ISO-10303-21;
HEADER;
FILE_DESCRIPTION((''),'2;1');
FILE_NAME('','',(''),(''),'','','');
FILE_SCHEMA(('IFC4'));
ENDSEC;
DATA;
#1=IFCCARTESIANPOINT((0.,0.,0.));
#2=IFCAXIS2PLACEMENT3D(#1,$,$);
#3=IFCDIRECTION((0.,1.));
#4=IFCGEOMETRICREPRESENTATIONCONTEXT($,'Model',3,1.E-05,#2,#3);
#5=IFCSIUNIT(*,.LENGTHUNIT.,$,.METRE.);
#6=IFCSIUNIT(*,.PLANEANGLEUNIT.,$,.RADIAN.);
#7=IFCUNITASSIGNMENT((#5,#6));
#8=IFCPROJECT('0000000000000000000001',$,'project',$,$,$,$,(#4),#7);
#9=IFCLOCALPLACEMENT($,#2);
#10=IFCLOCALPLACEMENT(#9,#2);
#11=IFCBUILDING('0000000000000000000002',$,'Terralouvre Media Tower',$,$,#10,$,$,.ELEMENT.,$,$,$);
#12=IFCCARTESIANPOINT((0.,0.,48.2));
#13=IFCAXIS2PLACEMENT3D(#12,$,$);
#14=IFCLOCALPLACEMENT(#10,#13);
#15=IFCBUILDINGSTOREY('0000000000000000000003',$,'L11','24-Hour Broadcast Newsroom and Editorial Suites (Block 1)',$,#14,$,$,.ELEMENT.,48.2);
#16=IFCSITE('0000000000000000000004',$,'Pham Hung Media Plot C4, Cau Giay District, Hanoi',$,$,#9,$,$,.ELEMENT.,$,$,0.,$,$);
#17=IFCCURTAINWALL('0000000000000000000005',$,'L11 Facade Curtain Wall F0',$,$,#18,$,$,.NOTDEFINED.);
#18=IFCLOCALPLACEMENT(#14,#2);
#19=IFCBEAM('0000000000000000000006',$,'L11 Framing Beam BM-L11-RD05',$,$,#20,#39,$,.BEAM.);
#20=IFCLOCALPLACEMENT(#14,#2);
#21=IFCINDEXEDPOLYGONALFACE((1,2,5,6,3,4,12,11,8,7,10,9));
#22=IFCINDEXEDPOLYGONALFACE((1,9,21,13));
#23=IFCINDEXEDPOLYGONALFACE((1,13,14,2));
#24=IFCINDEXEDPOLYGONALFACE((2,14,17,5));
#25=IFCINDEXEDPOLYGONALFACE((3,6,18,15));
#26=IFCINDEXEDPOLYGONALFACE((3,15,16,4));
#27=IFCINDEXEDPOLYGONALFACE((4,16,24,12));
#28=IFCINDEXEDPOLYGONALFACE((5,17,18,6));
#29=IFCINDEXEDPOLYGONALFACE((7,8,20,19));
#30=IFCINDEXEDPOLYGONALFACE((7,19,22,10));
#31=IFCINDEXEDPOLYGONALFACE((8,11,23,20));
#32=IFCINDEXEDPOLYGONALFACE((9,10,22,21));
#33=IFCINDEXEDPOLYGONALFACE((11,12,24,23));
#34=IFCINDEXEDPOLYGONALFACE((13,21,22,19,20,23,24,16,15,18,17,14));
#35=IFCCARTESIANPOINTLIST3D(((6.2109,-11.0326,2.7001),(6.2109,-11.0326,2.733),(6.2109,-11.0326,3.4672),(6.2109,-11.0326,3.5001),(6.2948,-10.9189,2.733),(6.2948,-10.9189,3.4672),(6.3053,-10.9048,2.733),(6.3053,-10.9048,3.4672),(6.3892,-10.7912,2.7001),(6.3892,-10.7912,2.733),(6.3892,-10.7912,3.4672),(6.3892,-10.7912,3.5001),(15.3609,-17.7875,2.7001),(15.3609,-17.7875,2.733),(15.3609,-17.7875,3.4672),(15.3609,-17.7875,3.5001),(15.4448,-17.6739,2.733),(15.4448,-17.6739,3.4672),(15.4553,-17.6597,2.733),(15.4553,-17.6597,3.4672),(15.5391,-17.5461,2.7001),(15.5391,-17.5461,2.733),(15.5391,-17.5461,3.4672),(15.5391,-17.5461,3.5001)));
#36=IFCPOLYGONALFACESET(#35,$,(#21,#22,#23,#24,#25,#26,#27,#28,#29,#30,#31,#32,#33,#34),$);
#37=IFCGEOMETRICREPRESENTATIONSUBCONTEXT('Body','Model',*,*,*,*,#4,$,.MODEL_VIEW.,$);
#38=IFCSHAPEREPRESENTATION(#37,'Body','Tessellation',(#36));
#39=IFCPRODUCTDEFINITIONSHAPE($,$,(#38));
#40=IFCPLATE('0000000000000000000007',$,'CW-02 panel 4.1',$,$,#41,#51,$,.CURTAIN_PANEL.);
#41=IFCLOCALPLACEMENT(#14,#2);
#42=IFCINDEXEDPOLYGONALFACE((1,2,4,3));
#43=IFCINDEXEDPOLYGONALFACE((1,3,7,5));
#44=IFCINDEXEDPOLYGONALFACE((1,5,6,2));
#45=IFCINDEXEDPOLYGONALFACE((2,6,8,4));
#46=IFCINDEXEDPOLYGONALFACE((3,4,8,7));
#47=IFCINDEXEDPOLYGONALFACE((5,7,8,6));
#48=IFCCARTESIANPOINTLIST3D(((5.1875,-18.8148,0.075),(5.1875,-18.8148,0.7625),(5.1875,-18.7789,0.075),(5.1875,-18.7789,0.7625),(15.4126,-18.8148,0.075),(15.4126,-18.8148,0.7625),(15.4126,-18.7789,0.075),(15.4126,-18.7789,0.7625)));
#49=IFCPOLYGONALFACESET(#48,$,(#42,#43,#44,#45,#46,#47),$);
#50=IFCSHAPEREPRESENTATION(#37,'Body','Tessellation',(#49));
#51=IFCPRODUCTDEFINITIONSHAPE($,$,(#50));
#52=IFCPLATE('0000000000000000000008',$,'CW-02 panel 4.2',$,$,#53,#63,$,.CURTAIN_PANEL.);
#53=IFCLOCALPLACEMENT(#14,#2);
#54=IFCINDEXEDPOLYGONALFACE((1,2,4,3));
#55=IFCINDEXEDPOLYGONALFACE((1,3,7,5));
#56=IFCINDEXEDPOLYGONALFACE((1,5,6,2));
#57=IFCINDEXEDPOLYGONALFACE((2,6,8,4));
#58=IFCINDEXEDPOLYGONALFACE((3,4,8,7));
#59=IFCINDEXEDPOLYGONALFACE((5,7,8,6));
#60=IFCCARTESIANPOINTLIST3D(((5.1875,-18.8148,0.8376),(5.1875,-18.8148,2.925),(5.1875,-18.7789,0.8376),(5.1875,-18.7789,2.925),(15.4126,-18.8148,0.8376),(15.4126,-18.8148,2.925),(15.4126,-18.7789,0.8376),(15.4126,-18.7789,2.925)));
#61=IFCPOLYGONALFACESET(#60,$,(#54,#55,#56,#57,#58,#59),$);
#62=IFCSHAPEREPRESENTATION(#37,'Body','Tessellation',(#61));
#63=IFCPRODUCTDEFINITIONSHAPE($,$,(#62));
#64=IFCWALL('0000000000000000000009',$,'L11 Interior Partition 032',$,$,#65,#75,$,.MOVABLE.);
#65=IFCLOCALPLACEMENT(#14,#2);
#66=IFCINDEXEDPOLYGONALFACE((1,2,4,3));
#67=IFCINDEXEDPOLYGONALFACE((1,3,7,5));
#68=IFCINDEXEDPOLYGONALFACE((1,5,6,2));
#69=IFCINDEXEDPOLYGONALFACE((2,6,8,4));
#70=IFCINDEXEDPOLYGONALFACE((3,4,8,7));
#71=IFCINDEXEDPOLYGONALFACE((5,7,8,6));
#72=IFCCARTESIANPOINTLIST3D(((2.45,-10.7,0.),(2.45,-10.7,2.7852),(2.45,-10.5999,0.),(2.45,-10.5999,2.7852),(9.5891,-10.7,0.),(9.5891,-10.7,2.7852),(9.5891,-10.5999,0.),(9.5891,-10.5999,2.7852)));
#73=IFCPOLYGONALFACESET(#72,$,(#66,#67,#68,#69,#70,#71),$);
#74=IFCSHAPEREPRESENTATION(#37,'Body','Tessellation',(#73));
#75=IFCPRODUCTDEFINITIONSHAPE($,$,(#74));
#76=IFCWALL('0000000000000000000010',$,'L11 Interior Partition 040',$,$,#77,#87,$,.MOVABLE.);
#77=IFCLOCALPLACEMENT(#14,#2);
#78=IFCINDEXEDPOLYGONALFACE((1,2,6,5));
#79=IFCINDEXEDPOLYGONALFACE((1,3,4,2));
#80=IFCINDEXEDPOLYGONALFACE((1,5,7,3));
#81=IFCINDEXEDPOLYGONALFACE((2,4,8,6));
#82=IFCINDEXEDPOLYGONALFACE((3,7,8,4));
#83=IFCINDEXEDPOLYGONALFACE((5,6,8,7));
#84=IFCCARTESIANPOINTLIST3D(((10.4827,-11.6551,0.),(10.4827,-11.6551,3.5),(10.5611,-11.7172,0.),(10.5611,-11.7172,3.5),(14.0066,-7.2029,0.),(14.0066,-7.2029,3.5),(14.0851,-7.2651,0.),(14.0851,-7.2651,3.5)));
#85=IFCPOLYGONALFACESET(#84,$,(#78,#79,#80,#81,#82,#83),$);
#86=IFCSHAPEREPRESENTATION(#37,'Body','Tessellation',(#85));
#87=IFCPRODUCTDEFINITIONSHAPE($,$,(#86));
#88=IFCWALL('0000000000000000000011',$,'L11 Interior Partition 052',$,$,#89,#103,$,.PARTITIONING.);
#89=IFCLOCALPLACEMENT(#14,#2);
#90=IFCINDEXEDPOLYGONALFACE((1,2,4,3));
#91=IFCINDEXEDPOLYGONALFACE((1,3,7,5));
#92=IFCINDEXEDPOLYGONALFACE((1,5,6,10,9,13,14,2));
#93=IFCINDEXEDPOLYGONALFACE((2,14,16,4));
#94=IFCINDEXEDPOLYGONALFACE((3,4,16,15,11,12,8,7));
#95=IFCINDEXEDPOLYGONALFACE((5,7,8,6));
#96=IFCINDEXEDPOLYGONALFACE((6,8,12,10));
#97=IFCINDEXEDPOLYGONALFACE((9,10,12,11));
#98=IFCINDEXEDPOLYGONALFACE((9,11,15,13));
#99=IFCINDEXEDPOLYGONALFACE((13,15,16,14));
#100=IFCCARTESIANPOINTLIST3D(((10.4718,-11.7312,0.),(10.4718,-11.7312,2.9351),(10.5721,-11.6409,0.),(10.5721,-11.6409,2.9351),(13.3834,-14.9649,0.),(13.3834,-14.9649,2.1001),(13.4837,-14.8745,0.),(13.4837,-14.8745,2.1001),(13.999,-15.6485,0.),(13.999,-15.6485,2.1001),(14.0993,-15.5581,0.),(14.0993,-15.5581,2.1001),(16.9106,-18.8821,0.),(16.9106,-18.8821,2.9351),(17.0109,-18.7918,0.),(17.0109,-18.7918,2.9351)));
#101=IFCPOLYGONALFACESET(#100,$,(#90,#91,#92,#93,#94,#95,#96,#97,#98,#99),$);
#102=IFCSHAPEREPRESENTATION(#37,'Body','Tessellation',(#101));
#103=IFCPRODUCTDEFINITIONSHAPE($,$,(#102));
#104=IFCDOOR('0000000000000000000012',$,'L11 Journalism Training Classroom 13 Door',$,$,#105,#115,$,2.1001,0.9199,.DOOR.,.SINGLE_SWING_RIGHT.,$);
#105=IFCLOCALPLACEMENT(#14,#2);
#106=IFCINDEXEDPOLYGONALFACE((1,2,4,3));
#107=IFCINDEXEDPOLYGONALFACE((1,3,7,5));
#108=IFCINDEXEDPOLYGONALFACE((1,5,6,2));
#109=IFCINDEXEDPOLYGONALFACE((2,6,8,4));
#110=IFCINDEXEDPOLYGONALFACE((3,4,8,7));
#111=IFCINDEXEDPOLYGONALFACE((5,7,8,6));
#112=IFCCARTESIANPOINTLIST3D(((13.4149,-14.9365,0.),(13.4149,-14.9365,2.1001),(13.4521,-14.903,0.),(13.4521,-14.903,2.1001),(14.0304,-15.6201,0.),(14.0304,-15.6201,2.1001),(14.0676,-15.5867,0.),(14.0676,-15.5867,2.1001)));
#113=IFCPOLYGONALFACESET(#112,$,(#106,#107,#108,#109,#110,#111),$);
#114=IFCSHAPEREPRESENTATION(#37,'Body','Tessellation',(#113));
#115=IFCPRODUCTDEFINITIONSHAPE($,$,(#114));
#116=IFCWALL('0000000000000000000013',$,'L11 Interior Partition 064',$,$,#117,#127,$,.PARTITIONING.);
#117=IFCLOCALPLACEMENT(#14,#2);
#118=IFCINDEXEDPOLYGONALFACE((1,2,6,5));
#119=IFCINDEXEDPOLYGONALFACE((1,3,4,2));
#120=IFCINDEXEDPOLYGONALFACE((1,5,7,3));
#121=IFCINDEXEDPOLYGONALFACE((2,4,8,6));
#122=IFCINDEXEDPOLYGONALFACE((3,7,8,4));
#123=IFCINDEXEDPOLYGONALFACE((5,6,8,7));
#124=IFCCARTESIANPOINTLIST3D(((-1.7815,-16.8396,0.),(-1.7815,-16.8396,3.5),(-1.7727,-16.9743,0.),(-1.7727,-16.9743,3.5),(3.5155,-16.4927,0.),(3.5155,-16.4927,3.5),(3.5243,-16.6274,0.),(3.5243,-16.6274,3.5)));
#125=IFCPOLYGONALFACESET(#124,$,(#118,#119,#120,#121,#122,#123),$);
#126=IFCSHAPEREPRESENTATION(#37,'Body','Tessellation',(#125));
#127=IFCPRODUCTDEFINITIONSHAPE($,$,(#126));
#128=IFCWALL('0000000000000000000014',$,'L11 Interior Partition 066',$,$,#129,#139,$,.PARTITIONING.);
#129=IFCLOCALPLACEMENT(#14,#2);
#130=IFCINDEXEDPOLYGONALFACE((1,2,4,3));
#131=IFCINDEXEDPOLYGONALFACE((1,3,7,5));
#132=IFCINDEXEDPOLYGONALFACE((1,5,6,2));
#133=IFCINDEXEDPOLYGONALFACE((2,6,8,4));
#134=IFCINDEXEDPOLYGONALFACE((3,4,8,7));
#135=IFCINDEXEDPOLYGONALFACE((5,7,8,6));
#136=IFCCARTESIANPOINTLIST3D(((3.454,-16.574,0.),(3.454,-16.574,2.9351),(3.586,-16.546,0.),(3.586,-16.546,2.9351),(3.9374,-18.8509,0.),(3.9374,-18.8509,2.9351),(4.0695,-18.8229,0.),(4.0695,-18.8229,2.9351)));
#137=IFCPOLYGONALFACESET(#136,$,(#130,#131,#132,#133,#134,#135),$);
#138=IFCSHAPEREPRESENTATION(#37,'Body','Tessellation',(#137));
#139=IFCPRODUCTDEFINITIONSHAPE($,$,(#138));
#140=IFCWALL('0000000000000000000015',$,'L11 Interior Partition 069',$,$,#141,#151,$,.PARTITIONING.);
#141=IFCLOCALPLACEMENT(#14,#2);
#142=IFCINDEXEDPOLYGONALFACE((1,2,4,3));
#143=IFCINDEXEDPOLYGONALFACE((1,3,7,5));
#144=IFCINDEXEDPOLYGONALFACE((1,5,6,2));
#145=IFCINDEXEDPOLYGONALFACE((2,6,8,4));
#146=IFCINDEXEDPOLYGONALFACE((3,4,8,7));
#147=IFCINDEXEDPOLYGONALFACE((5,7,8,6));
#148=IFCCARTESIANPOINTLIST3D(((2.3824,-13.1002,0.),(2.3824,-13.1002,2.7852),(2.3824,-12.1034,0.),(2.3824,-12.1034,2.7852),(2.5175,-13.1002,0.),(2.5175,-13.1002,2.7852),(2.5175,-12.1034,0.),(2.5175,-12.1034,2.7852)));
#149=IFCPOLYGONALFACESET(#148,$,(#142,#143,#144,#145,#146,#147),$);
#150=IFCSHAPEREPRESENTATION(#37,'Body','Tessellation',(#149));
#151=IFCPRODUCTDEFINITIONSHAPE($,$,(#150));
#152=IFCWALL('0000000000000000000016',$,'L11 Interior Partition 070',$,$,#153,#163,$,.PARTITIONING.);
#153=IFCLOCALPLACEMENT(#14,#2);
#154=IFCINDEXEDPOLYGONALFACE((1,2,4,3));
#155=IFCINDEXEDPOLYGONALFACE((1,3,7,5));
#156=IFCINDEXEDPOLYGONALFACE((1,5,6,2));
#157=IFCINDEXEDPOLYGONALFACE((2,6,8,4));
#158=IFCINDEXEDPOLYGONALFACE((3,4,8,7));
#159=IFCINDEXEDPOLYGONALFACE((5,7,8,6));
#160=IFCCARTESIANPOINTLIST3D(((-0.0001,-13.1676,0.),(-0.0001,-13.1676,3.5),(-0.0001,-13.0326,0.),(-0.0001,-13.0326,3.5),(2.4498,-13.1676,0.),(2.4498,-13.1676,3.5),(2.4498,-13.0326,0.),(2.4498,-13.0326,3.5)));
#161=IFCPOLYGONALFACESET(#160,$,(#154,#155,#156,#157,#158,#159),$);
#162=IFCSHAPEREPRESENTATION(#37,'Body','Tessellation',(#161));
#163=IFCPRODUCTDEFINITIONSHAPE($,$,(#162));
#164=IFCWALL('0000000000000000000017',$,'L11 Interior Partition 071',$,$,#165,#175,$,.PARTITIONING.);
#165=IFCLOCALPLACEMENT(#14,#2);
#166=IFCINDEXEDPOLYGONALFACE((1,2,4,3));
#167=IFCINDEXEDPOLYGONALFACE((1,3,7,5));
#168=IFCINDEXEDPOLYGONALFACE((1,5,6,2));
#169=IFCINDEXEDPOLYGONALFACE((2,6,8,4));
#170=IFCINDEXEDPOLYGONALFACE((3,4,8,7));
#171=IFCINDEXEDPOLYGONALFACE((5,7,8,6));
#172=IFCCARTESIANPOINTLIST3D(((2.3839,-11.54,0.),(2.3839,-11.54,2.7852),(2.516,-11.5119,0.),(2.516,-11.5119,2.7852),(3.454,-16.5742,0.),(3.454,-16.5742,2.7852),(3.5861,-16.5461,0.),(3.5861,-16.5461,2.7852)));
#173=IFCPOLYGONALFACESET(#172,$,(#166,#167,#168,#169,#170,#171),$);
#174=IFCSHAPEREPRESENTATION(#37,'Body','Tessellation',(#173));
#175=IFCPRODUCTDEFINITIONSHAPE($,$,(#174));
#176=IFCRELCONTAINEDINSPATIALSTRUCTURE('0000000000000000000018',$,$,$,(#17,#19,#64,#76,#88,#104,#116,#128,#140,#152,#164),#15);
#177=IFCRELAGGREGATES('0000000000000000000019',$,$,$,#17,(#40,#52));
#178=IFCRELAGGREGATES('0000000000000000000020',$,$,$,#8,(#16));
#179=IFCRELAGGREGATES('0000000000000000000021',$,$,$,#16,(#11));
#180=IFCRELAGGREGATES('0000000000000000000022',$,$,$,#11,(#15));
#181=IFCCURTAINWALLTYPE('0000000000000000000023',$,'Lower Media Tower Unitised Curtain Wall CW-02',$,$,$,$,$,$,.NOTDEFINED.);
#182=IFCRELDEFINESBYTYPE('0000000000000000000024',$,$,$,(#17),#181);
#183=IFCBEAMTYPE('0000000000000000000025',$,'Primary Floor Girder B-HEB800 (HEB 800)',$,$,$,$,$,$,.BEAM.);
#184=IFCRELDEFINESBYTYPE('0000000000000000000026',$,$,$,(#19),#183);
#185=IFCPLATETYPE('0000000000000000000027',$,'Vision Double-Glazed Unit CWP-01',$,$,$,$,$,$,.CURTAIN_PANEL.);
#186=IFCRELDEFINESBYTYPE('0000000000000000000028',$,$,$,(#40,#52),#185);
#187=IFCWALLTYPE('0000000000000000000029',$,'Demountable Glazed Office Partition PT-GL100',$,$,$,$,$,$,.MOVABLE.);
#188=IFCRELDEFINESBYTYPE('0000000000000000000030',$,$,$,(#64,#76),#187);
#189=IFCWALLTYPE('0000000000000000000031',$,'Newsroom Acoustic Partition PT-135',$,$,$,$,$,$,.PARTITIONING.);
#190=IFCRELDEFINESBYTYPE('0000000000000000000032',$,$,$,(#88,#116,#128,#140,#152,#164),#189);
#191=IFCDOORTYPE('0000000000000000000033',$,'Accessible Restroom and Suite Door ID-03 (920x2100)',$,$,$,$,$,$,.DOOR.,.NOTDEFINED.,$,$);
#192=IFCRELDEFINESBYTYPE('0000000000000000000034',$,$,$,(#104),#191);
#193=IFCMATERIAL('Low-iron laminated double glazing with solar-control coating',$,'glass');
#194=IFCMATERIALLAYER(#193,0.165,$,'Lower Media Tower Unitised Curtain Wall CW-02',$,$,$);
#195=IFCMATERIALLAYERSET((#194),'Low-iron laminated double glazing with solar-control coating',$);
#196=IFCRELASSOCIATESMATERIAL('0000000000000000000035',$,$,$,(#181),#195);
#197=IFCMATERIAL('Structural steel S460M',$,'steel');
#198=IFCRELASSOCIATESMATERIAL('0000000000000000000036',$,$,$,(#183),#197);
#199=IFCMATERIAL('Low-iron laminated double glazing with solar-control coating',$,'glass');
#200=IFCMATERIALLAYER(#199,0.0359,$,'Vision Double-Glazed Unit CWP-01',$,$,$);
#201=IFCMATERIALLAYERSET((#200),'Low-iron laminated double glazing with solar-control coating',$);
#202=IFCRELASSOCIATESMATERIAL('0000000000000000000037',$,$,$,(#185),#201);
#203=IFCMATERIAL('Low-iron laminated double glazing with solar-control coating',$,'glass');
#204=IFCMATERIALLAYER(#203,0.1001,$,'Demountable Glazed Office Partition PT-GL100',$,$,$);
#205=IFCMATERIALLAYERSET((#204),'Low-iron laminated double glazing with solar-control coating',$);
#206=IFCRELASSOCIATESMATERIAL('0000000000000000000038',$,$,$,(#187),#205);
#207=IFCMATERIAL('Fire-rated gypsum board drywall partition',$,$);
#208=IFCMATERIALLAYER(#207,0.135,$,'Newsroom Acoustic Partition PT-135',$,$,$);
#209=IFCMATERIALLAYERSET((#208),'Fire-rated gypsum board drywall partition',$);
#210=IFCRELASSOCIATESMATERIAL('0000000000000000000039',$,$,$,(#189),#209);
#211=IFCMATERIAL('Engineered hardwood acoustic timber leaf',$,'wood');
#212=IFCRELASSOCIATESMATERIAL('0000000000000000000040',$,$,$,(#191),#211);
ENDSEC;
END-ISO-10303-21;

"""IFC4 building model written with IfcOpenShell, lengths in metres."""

from ifc_helpers import new_model, si_unit, direction, frame, frame_2d, origin, origin_2d, place, context, subcontext, project, spatial, rectangle, i_section, extrude, material, layer, layer_set, material_profile, profile_set, type_object, element, fill, aggregate, save


model = new_model("IFC4")

# Units and contexts
model_context = context("Model", 3, precision=1e-05, world=origin(), true_north=direction((0.0, 1.0)))
body_context = subcontext(model_context, "Body", "Model", "MODEL_VIEW")
ifc_project = project(units=[si_unit("LENGTHUNIT", "METRE"), si_unit("PLANEANGLEUNIT", "RADIAN")], contexts=[model_context])

# Site, building, storey
site_placement = place(None, origin())
site = spatial("IfcSite", under=ifc_project, at=site_placement, Name="Pham Hung Media Plot C4, Cau Giay District, Hanoi", CompositionType="ELEMENT", RefElevation=0.0)
building_placement = place(site_placement, origin())
building = spatial("IfcBuilding", under=site, at=building_placement, Name="Terralouvre Media Tower", CompositionType="ELEMENT")
storey_placement = place(building_placement, frame((0.0, 0.0, 48.2)))
storey = spatial("IfcBuildingStorey", under=building, at=storey_placement, Name="L11", Description="24-Hour Broadcast Newsroom and Editorial Suites (Block 1)", CompositionType="ELEMENT", Elevation=48.2)

# Curtain wall
ifc_material_1 = material(Name="Low-iron laminated double glazing with solar-control coating", Category="glass")
ifc_layer_1 = layer(ifc_material_1, 0.165, Name="Lower Media Tower Unitised Curtain Wall CW-02")
ifc_layer_set_1 = layer_set([ifc_layer_1], Name="Low-iron laminated double glazing with solar-control coating")
curtain_wall_type = type_object("IfcCurtainWallType", Name="Lower Media Tower Unitised Curtain Wall CW-02", PredefinedType="NOTDEFINED", material=ifc_layer_set_1)
curtain_wall_placement = place(storey_placement, origin())
curtain_wall = element("IfcCurtainWall", 1, at=curtain_wall_placement, inside=storey, type_object=curtain_wall_type, Name="L11 Facade Curtain Wall F0", PredefinedType="NOTDEFINED")

# Beam
ifc_material_2 = material(Name="Structural steel S460M", Category="steel")
ifc_material_profile_1 = material_profile(ifc_material_2, i_section(OverallWidth=0.3, OverallDepth=0.8, WebThickness=0.0176, FlangeThickness=0.033, at=origin_2d()), Name="HEB 800")
ifc_profile_set_1 = profile_set([ifc_material_profile_1], Name="Structural steel S460M")
beam_type_1 = type_object("IfcBeamType", Name="Primary Floor Girder B-HEB800 (HEB 800)", PredefinedType="BEAM", material=ifc_profile_set_1)
beam_1_placement = place(storey_placement, frame((6.3, -10.9119, 3.1001), z_axis=(0.804516, -0.593931, 0.0), x_axis=(0.593931, 0.804516, 0.0)))
element("IfcBeam", 2, at=beam_1_placement, inside=storey, type_object=beam_type_1, Name="L11 Framing Beam BM-L11-RD05", PredefinedType="BEAM", context=body_context, shape_type="SweptSolid", body=[
    extrude(i_section(OverallWidth=0.3, OverallDepth=0.8, WebThickness=0.0176, FlangeThickness=0.033, at=origin_2d()), origin(), (0.0, 0.0, 1.0), 11.3733),
])

# Plates
ifc_material_3 = material(Name="Low-iron laminated double glazing with solar-control coating", Category="glass")
ifc_layer_2 = layer(ifc_material_3, 0.0359, Name="Vision Double-Glazed Unit CWP-01")
ifc_layer_set_2 = layer_set([ifc_layer_2], Name="Low-iron laminated double glazing with solar-control coating")
plate_type = type_object("IfcPlateType", Name="Vision Double-Glazed Unit CWP-01", PredefinedType="CURTAIN_PANEL", material=ifc_layer_set_2)
plate_1_placement = place(storey_placement, frame((10.3, -18.7969, 0.075), z_axis=(0.0, 0.0, 1.0), x_axis=(1.0, 0.0, 0.0)))
plate_1 = element("IfcPlate", 3, at=plate_1_placement, type_object=plate_type, Name="CW-02 panel 4.1", PredefinedType="CURTAIN_PANEL", context=body_context, shape_type="SweptSolid", body=[
    extrude(rectangle(XDim=10.2251, YDim=0.0359, at=origin_2d()), origin(), (0.0, 0.0, 1.0), 0.6875),
])
plate_2_placement = place(storey_placement, frame((10.3, -18.7969, 0.8376), z_axis=(0.0, 0.0, 1.0), x_axis=(1.0, 0.0, 0.0)))
plate_2 = element("IfcPlate", 4, at=plate_2_placement, type_object=plate_type, Name="CW-02 panel 4.2", PredefinedType="CURTAIN_PANEL", context=body_context, shape_type="SweptSolid", body=[
    extrude(rectangle(XDim=10.2251, YDim=0.0359, at=origin_2d()), origin(), (0.0, 0.0, 1.0), 2.0874),
])
aggregate(curtain_wall, [plate_1, plate_2])

# Walls
ifc_material_4 = material(Name="Low-iron laminated double glazing with solar-control coating", Category="glass")
ifc_layer_3 = layer(ifc_material_4, 0.1001, Name="Demountable Glazed Office Partition PT-GL100")
ifc_layer_set_3 = layer_set([ifc_layer_3], Name="Low-iron laminated double glazing with solar-control coating")
wall_type_1 = type_object("IfcWallType", Name="Demountable Glazed Office Partition PT-GL100", PredefinedType="MOVABLE", material=ifc_layer_set_3)
wall_1_placement = place(storey_placement, frame((2.45, -10.6499, 0.0), z_axis=(0.0, 0.0, 1.0), x_axis=(1.0, 0.0, 0.0)))
element("IfcWall", 5, at=wall_1_placement, inside=storey, type_object=wall_type_1, Name="L11 Interior Partition 032", PredefinedType="MOVABLE", context=body_context, shape_type="SweptSolid", body=[
    extrude(rectangle(XDim=7.1392, YDim=0.1001, at=frame_2d((3.5696, 0.0))), origin(), (0.0, 0.0, 1.0), 2.7852),
])
wall_2_placement = place(storey_placement, frame((10.522, -11.686, 0.0), z_axis=(0.0, 0.0, 1.0), x_axis=(0.620628, 0.784105, 0.0)))
element("IfcWall", 6, at=wall_2_placement, inside=storey, type_object=wall_type_1, Name="L11 Interior Partition 040", PredefinedType="MOVABLE", context=body_context, shape_type="SweptSolid", body=[
    extrude(rectangle(XDim=5.678, YDim=0.1001, at=frame_2d((2.8389, 0.0))), origin(), (0.0, 0.0, 1.0), 3.5),
])

# Wall, opening, door
ifc_material_5 = material(Name="Fire-rated gypsum board drywall partition")
ifc_layer_4 = layer(ifc_material_5, 0.135, Name="Newsroom Acoustic Partition PT-135")
ifc_layer_set_4 = layer_set([ifc_layer_4], Name="Fire-rated gypsum board drywall partition")
wall_type_2 = type_object("IfcWallType", Name="Newsroom Acoustic Partition PT-135", PredefinedType="PARTITIONING", material=ifc_layer_set_4)
wall_3_placement = place(storey_placement, frame((10.522, -11.686, 0.0), z_axis=(0.0, 0.0, 1.0), x_axis=(0.669133, -0.743143, 0.0)))
wall_3 = element("IfcWall", 7, at=wall_3_placement, inside=storey, type_object=wall_type_2, Name="L11 Interior Partition 052", PredefinedType="PARTITIONING", context=body_context, shape_type="SweptSolid", body=[
    extrude(rectangle(XDim=9.6226, YDim=0.135, at=frame_2d((4.8113, 0.0))), origin(), (0.0, 0.0, 1.0), 2.9351),
])
opening_placement = place(wall_3_placement, frame((4.3513, 0.0, 0.0)))
opening = element("IfcOpeningElement", 8, at=opening_placement, cuts=wall_3, PredefinedType="OPENING", context=body_context, shape_type="SweptSolid", body=[
    extrude(rectangle(XDim=0.9199, YDim=2.1001, at=frame_2d((0.46, 1.05))), frame((0.0, 0.0774, 0.0), z_axis=(0.0, -1.0, 0.0), x_axis=(1.0, 0.0, 0.0)), (0.0, 0.0, 1.0), 0.155),
])
ifc_material_6 = material(Name="Engineered hardwood acoustic timber leaf", Category="wood")
door_type = type_object("IfcDoorType", Name="Accessible Restroom and Suite Door ID-03 (920x2100)", OperationType="NOTDEFINED", PredefinedType="DOOR", material=ifc_material_6)
door_placement = place(opening_placement, origin())
door = element("IfcDoor", 9, at=door_placement, inside=storey, type_object=door_type, Name="L11 Journalism Training Classroom 13 Door", OperationType="SINGLE_SWING_RIGHT", OverallHeight=2.1001, OverallWidth=0.9199, PredefinedType="DOOR", context=body_context, shape_type="SweptSolid", body=[
    extrude(rectangle(XDim=0.9199, YDim=2.1001, at=frame_2d((0.46, 1.05))), frame((0.0, 0.0249, 0.0), z_axis=(0.0, -1.0, 0.0), x_axis=(1.0, 0.0, 0.0)), (0.0, 0.0, 1.0), 0.05),
])
fill(opening, door)

# Walls
wall_4_placement = place(storey_placement, frame((3.52, -16.5601, 0.0), z_axis=(0.0, 0.0, 1.0), x_axis=(-0.997862, -0.065353, 0.0)))
element("IfcWall", 10, at=wall_4_placement, inside=storey, type_object=wall_type_2, Name="L11 Interior Partition 064", PredefinedType="PARTITIONING", context=body_context, shape_type="SweptSolid", body=[
    extrude(rectangle(XDim=5.3083, YDim=0.135, at=frame_2d((2.6543, 0.0))), origin(), (0.0, 0.0, 1.0), 3.5),
])
wall_5_placement = place(storey_placement, frame((4.0034, -18.8369, 0.0), z_axis=(0.0, 0.0, 1.0), x_axis=(-0.207681, 0.978197, 0.0)))
element("IfcWall", 11, at=wall_5_placement, inside=storey, type_object=wall_type_2, Name="L11 Interior Partition 066", PredefinedType="PARTITIONING", context=body_context, shape_type="SweptSolid", body=[
    extrude(rectangle(XDim=2.3276, YDim=0.135, at=frame_2d((1.1638, 0.0))), origin(), (0.0, 0.0, 1.0), 2.9351),
])
wall_6_placement = place(storey_placement, frame((2.45, -12.1033, 0.0), z_axis=(0.0, 0.0, 1.0), x_axis=(0.0, -1.0, 0.0)))
element("IfcWall", 12, at=wall_6_placement, inside=storey, type_object=wall_type_2, Name="L11 Interior Partition 069", PredefinedType="PARTITIONING", context=body_context, shape_type="SweptSolid", body=[
    extrude(rectangle(XDim=0.9968, YDim=0.135, at=frame_2d((0.4985, 0.0))), origin(), (0.0, 0.0, 1.0), 2.7852),
])
wall_7_placement = place(storey_placement, frame((2.45, -13.1001, 0.0), z_axis=(0.0, 0.0, 1.0), x_axis=(-1.0, 0.0, 0.0)))
element("IfcWall", 13, at=wall_7_placement, inside=storey, type_object=wall_type_2, Name="L11 Interior Partition 070", PredefinedType="PARTITIONING", context=body_context, shape_type="SweptSolid", body=[
    extrude(rectangle(XDim=2.45, YDim=0.135, at=frame_2d((1.2251, 0.0))), origin(), (0.0, 0.0, 1.0), 3.5),
])
wall_8_placement = place(storey_placement, frame((3.52, -16.5601, 0.0), z_axis=(0.0, 0.0, 1.0), x_axis=(-0.207915, 0.978147, 0.0)))
element("IfcWall", 14, at=wall_8_placement, inside=storey, type_object=wall_type_2, Name="L11 Interior Partition 071", PredefinedType="PARTITIONING", context=body_context, shape_type="SweptSolid", body=[
    extrude(rectangle(XDim=5.1467, YDim=0.135, at=frame_2d((2.5732, 0.0))), origin(), (0.0, 0.0, 1.0), 2.7852),
])

save(model, "model.ifc")
